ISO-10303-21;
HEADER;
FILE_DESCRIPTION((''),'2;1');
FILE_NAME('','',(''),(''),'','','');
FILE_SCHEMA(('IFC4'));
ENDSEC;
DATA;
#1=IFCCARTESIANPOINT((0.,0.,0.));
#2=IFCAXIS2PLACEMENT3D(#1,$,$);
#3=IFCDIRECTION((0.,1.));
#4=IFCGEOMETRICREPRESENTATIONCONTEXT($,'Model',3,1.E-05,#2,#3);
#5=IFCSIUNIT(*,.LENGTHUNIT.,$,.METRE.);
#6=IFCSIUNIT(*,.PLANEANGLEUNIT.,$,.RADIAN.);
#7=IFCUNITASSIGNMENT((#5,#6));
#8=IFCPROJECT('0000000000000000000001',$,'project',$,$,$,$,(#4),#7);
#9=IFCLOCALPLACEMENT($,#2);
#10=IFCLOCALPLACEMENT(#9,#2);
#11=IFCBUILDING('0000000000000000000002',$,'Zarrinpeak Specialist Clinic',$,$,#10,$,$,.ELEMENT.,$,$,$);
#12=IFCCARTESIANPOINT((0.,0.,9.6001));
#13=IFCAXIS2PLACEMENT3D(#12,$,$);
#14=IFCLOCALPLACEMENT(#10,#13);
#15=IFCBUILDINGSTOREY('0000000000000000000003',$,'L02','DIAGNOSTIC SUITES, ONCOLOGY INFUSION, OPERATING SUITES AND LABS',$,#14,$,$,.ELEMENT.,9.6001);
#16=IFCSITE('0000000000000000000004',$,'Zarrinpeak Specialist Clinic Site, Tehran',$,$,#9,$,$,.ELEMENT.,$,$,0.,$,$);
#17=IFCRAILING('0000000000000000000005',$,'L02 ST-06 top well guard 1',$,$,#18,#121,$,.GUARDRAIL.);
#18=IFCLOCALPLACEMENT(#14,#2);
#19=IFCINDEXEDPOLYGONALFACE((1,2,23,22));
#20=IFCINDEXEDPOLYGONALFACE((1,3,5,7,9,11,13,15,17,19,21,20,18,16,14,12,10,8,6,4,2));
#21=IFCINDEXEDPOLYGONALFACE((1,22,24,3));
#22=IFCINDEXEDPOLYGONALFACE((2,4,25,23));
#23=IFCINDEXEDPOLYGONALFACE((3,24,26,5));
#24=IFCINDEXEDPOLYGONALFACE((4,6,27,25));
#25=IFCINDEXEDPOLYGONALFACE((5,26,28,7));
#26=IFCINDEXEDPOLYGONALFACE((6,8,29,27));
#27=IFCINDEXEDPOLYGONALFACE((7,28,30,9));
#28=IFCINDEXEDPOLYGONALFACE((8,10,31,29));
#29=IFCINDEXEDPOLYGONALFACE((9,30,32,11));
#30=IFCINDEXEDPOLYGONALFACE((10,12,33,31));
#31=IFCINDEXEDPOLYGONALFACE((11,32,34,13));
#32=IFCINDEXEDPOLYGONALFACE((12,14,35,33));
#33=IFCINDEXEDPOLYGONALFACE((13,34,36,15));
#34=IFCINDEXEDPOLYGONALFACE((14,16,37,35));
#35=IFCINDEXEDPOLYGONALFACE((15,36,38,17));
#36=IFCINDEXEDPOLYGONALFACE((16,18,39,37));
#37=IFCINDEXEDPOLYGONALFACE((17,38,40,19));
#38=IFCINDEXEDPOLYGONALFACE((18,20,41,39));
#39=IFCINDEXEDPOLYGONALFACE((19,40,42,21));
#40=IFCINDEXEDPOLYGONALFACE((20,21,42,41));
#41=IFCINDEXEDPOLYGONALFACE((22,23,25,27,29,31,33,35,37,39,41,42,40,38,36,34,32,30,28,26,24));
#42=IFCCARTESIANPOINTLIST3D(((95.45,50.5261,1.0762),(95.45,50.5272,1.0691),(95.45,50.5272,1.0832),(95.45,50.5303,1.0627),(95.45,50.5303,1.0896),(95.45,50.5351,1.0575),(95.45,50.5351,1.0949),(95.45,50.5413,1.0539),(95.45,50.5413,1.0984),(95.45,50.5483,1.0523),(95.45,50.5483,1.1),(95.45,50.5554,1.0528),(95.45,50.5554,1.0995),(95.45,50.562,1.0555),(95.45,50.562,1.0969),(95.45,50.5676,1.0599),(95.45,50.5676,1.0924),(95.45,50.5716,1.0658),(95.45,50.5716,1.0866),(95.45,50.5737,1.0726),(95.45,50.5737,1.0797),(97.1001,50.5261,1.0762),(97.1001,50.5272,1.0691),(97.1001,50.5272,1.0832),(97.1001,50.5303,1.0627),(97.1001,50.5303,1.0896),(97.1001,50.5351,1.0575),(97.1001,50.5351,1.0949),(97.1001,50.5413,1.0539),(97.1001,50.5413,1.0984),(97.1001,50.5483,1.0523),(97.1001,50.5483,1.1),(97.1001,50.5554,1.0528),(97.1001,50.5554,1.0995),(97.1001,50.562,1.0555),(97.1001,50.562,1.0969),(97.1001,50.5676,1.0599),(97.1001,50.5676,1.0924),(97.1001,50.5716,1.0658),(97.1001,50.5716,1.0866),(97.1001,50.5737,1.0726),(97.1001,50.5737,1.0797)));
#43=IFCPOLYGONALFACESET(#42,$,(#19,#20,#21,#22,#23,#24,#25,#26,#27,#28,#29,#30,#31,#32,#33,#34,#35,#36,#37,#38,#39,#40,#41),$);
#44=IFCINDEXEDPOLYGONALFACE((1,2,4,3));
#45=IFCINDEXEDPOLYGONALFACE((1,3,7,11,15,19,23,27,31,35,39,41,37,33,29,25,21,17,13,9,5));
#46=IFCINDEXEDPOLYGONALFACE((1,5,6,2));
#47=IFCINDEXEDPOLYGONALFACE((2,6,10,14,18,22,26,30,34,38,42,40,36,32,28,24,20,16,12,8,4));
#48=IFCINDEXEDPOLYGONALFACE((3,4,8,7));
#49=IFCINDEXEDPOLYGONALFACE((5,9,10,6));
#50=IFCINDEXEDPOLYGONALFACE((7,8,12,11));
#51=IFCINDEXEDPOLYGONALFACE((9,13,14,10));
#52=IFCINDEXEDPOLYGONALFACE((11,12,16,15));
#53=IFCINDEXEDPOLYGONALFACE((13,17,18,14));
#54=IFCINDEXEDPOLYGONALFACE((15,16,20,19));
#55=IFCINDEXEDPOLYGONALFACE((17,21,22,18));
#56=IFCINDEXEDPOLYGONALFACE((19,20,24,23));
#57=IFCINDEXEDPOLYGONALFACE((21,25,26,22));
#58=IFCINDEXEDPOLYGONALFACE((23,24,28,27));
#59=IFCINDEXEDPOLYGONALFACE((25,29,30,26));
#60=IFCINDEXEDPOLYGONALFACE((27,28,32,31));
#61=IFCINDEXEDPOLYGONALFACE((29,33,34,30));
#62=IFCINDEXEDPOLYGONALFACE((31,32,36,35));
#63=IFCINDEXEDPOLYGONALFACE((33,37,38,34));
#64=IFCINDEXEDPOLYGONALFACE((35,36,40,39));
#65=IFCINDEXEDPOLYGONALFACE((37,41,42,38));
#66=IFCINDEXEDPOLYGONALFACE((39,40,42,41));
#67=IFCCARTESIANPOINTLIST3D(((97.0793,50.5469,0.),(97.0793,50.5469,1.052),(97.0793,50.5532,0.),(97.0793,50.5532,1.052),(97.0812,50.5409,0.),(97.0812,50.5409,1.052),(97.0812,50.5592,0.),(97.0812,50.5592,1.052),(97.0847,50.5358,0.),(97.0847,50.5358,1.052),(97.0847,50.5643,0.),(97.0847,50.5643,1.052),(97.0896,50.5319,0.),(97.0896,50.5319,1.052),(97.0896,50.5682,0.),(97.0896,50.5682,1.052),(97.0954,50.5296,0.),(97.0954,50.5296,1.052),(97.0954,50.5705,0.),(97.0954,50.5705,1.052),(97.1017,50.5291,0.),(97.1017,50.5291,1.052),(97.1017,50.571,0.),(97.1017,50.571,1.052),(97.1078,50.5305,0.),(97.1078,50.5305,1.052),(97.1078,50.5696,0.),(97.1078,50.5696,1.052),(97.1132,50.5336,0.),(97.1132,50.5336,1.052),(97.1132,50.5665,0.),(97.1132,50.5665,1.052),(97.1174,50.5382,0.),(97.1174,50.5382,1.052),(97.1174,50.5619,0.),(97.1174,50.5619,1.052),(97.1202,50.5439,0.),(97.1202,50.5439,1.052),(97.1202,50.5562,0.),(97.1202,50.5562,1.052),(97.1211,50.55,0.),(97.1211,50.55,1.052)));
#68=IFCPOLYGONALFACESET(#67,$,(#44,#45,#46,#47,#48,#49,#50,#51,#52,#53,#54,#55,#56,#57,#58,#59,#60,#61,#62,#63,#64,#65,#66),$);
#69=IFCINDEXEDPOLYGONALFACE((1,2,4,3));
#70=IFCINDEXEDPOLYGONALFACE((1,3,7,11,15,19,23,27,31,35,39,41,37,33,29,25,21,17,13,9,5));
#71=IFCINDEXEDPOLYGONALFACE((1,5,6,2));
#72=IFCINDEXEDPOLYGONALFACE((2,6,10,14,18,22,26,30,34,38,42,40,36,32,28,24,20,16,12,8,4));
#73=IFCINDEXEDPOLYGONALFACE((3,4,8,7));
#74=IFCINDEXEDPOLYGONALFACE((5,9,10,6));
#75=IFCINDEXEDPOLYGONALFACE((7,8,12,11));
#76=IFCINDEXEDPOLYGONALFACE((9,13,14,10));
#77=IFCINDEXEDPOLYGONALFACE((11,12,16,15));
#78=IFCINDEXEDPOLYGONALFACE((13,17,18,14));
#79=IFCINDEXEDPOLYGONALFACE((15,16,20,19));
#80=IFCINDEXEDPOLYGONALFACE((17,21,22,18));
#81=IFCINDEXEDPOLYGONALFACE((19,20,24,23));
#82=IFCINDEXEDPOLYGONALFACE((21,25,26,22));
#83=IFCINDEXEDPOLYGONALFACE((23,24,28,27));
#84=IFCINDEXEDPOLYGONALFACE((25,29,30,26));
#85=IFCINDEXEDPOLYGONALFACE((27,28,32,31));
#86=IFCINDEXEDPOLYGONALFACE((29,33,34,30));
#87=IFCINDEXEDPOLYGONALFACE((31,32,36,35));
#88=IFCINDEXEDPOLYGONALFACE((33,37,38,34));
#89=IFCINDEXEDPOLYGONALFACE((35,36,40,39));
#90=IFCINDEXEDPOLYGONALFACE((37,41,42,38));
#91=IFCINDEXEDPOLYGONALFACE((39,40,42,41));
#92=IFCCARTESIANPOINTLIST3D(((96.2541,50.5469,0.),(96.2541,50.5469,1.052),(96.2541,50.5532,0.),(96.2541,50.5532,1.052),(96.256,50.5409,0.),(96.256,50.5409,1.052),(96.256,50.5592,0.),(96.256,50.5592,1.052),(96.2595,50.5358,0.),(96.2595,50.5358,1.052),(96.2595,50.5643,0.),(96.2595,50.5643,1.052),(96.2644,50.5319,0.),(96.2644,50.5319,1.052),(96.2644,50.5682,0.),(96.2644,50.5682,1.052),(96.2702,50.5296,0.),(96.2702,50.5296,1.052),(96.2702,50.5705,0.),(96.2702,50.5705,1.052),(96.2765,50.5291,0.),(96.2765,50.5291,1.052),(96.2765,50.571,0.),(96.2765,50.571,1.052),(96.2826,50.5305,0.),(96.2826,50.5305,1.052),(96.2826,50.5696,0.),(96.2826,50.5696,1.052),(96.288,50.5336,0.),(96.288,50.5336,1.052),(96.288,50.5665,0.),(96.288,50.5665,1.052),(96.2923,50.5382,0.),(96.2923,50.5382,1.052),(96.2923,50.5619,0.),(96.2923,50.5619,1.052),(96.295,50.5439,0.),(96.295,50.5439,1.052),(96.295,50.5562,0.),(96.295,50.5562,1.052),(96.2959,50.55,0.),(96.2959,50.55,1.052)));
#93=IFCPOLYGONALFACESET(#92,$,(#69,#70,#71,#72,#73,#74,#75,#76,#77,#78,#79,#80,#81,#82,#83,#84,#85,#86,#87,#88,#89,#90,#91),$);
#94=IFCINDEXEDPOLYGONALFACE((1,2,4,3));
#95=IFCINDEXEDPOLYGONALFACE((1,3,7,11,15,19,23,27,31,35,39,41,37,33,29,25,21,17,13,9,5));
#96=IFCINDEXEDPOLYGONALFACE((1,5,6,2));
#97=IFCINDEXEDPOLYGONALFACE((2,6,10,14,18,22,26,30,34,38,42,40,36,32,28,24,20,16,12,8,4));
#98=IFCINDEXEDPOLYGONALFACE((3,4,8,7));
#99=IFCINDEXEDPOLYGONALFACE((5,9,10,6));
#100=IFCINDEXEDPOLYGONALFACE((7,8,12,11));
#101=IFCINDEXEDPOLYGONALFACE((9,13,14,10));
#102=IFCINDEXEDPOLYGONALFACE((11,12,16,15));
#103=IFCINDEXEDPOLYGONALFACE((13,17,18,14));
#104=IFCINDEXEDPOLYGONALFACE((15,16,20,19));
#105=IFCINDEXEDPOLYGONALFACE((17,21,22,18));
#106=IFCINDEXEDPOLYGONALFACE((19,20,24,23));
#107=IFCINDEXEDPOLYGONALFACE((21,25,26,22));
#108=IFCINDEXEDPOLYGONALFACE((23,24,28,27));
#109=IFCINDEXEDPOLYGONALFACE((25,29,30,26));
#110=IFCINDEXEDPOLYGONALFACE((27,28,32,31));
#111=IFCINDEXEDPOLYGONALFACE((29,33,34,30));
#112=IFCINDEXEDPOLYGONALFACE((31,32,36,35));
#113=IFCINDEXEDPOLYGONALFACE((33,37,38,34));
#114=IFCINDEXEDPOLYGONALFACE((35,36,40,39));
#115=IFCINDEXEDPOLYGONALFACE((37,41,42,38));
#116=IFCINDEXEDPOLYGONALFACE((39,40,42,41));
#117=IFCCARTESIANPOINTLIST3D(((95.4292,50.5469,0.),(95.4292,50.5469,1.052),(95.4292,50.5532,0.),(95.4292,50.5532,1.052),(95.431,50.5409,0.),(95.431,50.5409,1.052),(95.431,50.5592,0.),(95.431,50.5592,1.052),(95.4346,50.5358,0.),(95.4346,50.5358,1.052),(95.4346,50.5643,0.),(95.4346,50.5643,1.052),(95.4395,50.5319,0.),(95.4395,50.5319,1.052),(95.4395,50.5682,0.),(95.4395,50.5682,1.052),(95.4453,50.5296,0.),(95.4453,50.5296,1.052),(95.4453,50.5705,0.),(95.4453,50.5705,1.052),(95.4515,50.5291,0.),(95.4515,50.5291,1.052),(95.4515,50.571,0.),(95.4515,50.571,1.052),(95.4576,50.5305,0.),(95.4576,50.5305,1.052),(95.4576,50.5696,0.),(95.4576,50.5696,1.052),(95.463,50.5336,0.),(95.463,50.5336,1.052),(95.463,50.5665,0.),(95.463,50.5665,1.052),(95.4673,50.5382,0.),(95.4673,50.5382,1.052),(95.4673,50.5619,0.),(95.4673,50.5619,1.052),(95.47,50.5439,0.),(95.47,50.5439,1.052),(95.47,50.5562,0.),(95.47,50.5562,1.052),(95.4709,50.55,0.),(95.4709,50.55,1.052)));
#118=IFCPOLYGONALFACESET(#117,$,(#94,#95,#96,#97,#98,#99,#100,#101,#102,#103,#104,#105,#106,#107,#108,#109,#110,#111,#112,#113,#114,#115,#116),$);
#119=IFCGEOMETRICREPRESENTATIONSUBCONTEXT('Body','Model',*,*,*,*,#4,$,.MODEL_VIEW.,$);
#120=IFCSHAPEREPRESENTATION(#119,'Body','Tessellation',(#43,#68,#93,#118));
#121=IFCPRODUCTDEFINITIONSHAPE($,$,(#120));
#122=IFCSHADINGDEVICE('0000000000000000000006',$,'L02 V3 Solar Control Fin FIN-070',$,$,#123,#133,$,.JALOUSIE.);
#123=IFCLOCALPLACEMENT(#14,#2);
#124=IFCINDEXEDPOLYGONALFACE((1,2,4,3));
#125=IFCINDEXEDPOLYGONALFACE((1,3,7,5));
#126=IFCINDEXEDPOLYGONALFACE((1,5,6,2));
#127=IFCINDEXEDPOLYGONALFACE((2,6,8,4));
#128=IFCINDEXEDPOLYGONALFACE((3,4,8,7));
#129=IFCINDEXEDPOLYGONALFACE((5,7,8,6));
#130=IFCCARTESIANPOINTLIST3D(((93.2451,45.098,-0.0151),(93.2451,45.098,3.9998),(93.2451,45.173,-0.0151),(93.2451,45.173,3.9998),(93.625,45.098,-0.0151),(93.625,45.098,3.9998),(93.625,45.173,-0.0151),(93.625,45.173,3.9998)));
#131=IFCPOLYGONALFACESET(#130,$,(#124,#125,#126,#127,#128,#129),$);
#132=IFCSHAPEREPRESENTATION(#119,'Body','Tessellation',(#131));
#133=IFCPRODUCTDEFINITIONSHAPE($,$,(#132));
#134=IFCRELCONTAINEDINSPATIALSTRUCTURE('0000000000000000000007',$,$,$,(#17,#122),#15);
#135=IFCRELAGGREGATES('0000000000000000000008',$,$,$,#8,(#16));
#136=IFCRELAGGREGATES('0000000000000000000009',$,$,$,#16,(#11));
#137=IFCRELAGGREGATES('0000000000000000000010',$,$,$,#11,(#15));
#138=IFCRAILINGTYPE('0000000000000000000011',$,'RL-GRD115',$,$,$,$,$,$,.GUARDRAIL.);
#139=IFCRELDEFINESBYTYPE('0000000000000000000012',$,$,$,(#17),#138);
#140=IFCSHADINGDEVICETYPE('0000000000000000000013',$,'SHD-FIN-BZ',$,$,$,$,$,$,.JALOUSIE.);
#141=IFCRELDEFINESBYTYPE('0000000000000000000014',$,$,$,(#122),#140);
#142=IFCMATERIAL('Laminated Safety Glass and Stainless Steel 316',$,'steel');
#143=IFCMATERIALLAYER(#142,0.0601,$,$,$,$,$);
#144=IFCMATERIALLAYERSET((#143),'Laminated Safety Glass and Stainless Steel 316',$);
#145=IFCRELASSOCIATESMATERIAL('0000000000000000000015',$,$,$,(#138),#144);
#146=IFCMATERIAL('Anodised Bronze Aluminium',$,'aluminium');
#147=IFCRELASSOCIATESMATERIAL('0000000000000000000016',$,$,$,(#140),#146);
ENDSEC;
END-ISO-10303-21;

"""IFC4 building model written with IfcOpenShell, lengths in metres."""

from ifc_helpers import new_model, si_unit, direction, frame, origin, origin_2d, place, context, subcontext, project, spatial, rectangle, circle, extrude, material, layer, layer_set, type_object, element, save


model = new_model("IFC4")

# Units and contexts
model_context = context("Model", 3, precision=1e-05, world=origin(), true_north=direction((0.0, 1.0)))
body_context = subcontext(model_context, "Body", "Model", "MODEL_VIEW")
ifc_project = project(units=[si_unit("LENGTHUNIT", "METRE"), si_unit("PLANEANGLEUNIT", "RADIAN")], contexts=[model_context])

# Site, building, storey
site_placement = place(None, origin())
site = spatial("IfcSite", under=ifc_project, at=site_placement, Name="Zarrinpeak Specialist Clinic Site, Tehran", CompositionType="ELEMENT", RefElevation=0.0)
building_placement = place(site_placement, origin())
building = spatial("IfcBuilding", under=site, at=building_placement, Name="Zarrinpeak Specialist Clinic", CompositionType="ELEMENT")
storey_placement = place(building_placement, frame((0.0, 0.0, 9.6001)))
storey = spatial("IfcBuildingStorey", under=building, at=storey_placement, Name="L02", Description="DIAGNOSTIC SUITES, ONCOLOGY INFUSION, OPERATING SUITES AND LABS", CompositionType="ELEMENT", Elevation=9.6001)

# Railing
ifc_material_1 = material(Name="Laminated Safety Glass and Stainless Steel 316", Category="steel")
ifc_layer_1 = layer(ifc_material_1, 0.0601)
ifc_layer_set_1 = layer_set([ifc_layer_1], Name="Laminated Safety Glass and Stainless Steel 316")
railing_type = type_object("IfcRailingType", Name="RL-GRD115", PredefinedType="GUARDRAIL", material=ifc_layer_set_1)
railing_placement = place(storey_placement, frame((97.1001, 50.55, 0.0)))
element("IfcRailing", 1, at=railing_placement, inside=storey, type_object=railing_type, Name="L02 ST-06 top well guard 1", PredefinedType="GUARDRAIL", context=body_context, shape_type="SweptSolid", body=[
    extrude(circle(Radius=0.0239, at=origin_2d()), frame((0.0, 0.0, 1.0762), z_axis=(-1.0, 0.0, 0.0), x_axis=(0.0, -1.0, 0.0)), (0.0, 0.0, 1.0), 1.6501),
    extrude(circle(Radius=0.021, at=origin_2d()), origin(), (0.0, 0.0, 1.0), 1.052),
    extrude(circle(Radius=0.021, at=origin_2d()), frame((-0.8252, 0.0, 0.0)), (0.0, 0.0, 1.0), 1.052),
    extrude(circle(Radius=0.021, at=origin_2d()), frame((-1.6501, 0.0, 0.0)), (0.0, 0.0, 1.0), 1.052),
])

# Shading device
ifc_material_2 = material(Name="Anodised Bronze Aluminium", Category="aluminium")
shading_device_type = type_object("IfcShadingDeviceType", Name="SHD-FIN-BZ", PredefinedType="JALOUSIE", material=ifc_material_2)
shading_device_placement = place(storey_placement, frame((93.4351, 45.1355, -0.0151), z_axis=(0.0, 0.0, 1.0), x_axis=(1.0, 0.0, 0.0)))
element("IfcShadingDevice", 2, at=shading_device_placement, inside=storey, type_object=shading_device_type, Name="L02 V3 Solar Control Fin FIN-070", PredefinedType="JALOUSIE", context=body_context, shape_type="SweptSolid", body=[
    extrude(rectangle(XDim=0.3799, YDim=0.075, at=origin_2d()), origin(), (0.0, 0.0, 1.0), 4.0149),
])

save(model, "model.ifc")
